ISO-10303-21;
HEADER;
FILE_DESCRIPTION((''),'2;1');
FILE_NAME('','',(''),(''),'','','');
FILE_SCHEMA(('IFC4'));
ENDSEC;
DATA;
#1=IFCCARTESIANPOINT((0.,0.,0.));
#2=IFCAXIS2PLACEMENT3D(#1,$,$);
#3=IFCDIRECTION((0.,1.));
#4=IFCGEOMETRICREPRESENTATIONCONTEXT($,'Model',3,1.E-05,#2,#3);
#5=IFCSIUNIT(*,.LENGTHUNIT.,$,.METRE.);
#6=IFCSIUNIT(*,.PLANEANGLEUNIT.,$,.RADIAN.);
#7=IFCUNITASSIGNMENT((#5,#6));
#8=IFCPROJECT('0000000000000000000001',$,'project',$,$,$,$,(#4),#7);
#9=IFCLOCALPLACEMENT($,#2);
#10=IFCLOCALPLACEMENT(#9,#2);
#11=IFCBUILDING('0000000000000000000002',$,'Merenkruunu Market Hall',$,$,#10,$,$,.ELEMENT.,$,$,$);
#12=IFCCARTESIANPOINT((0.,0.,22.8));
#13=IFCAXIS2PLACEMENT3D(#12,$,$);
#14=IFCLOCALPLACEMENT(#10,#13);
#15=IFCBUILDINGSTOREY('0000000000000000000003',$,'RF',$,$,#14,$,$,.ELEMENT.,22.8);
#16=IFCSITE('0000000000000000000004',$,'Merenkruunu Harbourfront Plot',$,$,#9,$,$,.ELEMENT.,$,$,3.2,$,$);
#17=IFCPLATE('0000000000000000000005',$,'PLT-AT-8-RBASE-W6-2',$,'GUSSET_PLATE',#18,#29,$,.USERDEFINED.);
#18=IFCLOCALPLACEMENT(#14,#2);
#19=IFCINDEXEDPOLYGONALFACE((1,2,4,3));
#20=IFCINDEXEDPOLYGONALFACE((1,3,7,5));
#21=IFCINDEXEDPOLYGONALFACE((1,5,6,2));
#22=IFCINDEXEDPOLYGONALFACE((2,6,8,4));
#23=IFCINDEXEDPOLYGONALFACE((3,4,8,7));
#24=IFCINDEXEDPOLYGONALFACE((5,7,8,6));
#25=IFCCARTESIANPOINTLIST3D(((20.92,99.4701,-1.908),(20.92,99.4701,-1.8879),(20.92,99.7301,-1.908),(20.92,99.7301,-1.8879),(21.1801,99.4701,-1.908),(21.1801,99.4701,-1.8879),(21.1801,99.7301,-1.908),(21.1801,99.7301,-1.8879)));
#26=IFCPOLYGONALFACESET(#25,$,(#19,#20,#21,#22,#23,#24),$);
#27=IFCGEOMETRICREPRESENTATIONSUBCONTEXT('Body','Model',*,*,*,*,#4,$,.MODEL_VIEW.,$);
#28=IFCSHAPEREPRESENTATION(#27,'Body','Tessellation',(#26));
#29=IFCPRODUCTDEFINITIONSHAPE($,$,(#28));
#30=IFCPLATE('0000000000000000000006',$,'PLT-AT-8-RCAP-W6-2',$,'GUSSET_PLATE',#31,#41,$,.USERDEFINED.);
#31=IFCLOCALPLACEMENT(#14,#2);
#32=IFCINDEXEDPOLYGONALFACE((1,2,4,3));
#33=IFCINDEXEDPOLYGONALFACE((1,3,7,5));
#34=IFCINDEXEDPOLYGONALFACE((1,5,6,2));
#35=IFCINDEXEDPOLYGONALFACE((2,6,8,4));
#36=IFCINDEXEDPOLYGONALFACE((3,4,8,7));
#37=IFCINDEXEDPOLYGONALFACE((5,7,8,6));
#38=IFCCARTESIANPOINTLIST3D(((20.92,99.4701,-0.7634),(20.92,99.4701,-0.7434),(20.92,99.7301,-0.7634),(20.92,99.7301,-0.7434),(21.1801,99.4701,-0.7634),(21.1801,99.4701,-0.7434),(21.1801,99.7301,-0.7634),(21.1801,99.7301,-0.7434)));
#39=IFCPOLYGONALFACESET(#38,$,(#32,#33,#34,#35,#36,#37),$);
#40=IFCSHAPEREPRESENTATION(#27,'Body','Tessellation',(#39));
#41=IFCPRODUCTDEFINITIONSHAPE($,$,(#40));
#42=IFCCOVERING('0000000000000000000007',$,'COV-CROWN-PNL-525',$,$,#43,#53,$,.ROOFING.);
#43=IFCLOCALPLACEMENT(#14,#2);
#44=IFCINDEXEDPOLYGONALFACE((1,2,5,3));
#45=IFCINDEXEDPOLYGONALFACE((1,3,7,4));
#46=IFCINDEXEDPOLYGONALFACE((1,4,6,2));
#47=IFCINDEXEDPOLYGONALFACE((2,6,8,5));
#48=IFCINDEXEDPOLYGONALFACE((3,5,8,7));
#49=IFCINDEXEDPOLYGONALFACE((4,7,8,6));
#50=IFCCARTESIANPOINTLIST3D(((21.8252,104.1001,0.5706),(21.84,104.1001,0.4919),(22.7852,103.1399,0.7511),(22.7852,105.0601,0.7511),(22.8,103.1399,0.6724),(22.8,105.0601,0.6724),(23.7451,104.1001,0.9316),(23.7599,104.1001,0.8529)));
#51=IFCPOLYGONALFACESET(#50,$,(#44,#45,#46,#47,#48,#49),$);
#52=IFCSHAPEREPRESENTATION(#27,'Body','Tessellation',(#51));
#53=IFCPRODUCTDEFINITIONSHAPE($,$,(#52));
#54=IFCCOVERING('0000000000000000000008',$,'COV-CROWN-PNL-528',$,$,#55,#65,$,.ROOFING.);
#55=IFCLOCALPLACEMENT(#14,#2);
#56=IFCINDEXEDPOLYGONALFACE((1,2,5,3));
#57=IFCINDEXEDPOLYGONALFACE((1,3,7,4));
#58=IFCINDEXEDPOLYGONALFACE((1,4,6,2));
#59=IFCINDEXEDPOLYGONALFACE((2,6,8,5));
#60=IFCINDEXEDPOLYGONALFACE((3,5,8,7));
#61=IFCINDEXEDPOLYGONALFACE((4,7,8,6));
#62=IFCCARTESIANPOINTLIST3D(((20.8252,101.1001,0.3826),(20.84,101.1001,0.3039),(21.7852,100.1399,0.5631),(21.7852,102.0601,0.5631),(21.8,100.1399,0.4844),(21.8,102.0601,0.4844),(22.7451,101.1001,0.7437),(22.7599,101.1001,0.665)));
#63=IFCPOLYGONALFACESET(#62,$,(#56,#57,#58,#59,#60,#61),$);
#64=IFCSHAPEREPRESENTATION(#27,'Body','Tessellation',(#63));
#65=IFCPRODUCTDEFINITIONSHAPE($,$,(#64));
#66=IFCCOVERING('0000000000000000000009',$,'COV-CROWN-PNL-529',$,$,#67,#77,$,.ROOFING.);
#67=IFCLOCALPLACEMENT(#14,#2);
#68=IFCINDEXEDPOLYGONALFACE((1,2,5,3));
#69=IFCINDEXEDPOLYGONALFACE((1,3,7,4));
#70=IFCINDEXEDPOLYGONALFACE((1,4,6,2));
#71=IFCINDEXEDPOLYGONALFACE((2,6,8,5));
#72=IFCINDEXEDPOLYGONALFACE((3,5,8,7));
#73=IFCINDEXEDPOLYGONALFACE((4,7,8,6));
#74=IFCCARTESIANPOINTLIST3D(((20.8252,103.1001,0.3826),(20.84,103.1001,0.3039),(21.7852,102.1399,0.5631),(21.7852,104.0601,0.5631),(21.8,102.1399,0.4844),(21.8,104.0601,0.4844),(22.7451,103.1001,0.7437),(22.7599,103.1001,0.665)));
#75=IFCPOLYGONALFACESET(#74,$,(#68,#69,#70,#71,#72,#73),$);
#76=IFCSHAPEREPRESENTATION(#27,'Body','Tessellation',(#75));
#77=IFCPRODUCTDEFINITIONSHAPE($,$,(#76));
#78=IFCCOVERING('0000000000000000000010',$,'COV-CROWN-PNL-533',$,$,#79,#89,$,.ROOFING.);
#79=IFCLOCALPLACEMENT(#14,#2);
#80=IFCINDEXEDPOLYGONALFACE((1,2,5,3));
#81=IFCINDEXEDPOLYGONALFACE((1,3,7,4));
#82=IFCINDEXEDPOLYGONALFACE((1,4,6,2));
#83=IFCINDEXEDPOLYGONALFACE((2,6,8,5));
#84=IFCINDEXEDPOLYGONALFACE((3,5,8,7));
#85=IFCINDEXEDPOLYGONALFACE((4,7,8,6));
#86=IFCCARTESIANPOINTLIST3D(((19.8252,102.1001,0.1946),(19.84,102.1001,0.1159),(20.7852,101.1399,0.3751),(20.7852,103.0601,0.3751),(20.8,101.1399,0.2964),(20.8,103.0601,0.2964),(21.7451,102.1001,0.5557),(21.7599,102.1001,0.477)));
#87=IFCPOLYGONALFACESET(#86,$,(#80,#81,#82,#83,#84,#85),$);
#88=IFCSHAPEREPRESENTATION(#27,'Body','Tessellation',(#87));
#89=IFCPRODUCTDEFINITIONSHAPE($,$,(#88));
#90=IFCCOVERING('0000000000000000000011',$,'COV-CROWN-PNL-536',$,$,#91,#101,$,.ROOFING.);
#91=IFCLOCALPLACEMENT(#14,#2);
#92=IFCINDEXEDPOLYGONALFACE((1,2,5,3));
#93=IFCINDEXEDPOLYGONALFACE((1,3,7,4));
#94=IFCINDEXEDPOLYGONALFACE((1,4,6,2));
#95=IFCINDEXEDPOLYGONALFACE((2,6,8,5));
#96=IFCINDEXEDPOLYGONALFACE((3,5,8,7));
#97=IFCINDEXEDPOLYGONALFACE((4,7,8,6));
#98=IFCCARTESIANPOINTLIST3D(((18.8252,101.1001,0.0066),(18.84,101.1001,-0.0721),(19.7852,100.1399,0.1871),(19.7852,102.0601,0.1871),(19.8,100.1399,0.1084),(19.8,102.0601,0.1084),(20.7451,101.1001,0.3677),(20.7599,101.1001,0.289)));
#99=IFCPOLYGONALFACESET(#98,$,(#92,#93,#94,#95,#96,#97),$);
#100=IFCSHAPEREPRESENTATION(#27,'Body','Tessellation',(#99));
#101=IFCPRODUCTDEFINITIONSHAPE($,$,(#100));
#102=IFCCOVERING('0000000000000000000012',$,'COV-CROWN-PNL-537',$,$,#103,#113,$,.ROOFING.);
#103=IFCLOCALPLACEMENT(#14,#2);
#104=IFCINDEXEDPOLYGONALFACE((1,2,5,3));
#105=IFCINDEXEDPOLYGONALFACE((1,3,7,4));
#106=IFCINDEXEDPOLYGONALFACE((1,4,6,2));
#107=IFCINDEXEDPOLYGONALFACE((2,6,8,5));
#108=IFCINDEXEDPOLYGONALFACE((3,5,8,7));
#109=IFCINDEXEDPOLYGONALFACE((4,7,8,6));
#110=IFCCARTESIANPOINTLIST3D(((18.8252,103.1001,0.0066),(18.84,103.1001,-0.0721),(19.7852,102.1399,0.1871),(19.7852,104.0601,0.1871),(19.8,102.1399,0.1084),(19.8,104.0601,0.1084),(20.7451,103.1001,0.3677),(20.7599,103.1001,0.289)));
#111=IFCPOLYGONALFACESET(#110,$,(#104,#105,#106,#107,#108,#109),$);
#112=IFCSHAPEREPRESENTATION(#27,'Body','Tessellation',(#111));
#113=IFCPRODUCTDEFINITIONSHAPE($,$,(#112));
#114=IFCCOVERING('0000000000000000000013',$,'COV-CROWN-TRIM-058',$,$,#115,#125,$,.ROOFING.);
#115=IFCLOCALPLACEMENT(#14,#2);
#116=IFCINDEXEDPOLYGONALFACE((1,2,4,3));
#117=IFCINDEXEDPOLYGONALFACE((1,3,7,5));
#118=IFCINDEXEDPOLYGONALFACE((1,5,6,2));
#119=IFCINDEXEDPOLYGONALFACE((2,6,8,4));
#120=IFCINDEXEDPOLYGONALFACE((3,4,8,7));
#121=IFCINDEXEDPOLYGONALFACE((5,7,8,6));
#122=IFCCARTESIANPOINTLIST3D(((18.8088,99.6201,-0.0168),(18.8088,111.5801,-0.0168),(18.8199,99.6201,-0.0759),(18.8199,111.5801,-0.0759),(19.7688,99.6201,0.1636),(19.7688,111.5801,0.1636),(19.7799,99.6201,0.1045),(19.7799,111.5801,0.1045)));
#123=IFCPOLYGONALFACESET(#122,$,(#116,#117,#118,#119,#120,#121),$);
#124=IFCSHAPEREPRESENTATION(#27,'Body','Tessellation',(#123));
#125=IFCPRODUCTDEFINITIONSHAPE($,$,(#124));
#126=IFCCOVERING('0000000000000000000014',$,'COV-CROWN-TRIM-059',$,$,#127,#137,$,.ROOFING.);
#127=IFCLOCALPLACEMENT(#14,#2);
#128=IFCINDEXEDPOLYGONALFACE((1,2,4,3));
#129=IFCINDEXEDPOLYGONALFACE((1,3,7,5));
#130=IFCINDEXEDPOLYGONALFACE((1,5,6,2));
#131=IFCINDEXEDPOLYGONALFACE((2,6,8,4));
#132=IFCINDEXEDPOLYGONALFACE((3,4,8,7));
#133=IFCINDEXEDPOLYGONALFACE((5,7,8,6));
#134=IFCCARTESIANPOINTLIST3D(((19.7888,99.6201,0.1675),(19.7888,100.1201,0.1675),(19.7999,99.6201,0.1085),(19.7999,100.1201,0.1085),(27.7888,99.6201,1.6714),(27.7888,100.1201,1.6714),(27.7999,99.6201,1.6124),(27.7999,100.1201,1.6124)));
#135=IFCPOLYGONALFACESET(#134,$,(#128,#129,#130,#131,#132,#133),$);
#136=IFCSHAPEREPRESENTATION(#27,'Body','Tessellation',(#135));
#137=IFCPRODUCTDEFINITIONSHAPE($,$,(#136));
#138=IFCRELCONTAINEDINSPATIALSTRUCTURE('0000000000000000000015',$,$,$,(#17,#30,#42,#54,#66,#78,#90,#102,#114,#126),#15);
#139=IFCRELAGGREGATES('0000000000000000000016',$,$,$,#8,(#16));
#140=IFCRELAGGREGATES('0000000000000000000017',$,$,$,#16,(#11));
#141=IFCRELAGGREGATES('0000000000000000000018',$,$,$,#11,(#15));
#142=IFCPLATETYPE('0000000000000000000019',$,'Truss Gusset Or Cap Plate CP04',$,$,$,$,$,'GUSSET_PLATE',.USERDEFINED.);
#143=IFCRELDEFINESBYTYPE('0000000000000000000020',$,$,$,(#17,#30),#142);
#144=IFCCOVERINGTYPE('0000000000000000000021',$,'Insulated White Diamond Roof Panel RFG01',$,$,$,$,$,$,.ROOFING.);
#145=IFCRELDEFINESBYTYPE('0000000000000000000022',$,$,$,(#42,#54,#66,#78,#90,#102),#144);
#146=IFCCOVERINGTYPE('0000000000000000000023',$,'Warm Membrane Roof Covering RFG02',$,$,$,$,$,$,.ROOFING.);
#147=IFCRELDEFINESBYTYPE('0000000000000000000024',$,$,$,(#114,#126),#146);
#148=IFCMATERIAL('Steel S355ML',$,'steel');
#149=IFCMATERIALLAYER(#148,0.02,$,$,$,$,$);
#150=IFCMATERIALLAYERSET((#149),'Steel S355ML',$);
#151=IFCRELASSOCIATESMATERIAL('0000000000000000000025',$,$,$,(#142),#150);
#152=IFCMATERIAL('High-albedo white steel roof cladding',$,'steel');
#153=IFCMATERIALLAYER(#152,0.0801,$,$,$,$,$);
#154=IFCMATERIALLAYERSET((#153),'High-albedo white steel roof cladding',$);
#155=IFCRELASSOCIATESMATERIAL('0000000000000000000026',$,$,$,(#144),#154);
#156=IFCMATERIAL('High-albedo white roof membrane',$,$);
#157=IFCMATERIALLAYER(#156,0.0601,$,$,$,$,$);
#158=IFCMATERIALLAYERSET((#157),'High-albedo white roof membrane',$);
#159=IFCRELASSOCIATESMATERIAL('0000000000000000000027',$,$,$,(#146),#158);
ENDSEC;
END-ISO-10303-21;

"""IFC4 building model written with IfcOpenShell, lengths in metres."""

from ifc_helpers import new_model, si_unit, direction, frame, origin, origin_2d, place, context, subcontext, project, spatial, polyline, rectangle, outline, extrude, material, layer, layer_set, type_object, element, save


model = new_model("IFC4")

# Units and contexts
model_context = context("Model", 3, precision=1e-05, world=origin(), true_north=direction((0.0, 1.0)))
body_context = subcontext(model_context, "Body", "Model", "MODEL_VIEW")
ifc_project = project(units=[si_unit("LENGTHUNIT", "METRE"), si_unit("PLANEANGLEUNIT", "RADIAN")], contexts=[model_context])

# Site, building, storey
site_placement = place(None, origin())
site = spatial("IfcSite", under=ifc_project, at=site_placement, Name="Merenkruunu Harbourfront Plot", CompositionType="ELEMENT", RefElevation=3.2)
building_placement = place(site_placement, origin())
building = spatial("IfcBuilding", under=site, at=building_placement, Name="Merenkruunu Market Hall", CompositionType="ELEMENT")
storey_placement = place(building_placement, frame((0.0, 0.0, 22.8)))
storey = spatial("IfcBuildingStorey", under=building, at=storey_placement, Name="RF", CompositionType="ELEMENT", Elevation=22.8)

# Shared definitions
ifc_material_1 = material(Name="Steel S355ML", Category="steel")

# Plates
ifc_layer_1 = layer(ifc_material_1, 0.02)
ifc_layer_set_1 = layer_set([ifc_layer_1], Name="Steel S355ML")
plate_type_1 = type_object("IfcPlateType", Name="Truss Gusset Or Cap Plate CP04", ElementType="GUSSET_PLATE", PredefinedType="USERDEFINED", material=ifc_layer_set_1)
for number, where, z_axis, x_axis, name in (
    (1, (21.05, 99.6001, -1.908), (0.0, 0.0, 1.0), (1.0, 0.0, 0.0), "PLT-AT-8-RBASE-W6-2"),
    (2, (21.05, 99.6001, -0.7634), (0.0, 0.0, 1.0), (1.0, 0.0, 0.0), "PLT-AT-8-RCAP-W6-2"),
):
    element("IfcPlate", number, at=place(storey_placement, frame(where, z_axis=z_axis, x_axis=x_axis)), inside=storey, type_object=plate_type_1, Name=name, ObjectType="GUSSET_PLATE", PredefinedType="USERDEFINED", context=body_context, shape_type="SweptSolid", body=[
        extrude(rectangle(XDim=0.26, YDim=0.26, at=origin_2d()), origin(), (0.0, 0.0, 1.0), 0.02),
    ])

# Coverings
ifc_material_2 = material(Name="High-albedo white steel roof cladding", Category="steel")
ifc_layer_2 = layer(ifc_material_2, 0.0801)
ifc_layer_set_2 = layer_set([ifc_layer_2], Name="High-albedo white steel roof cladding")
covering_type_1 = type_object("IfcCoveringType", Name="Insulated White Diamond Roof Panel RFG01", PredefinedType="ROOFING", material=ifc_layer_set_2)
for number, where, z_axis, x_axis, name in (
    (3, (21.8252, 104.1001, 0.5706), (-0.184832, 0.0, 0.98277), (0.700856, -0.701018, 0.131812), "COV-CROWN-PNL-525"),
    (4, (20.8252, 101.1001, 0.3826), (-0.184832, 0.0, 0.98277), (0.700856, -0.701018, 0.131812), "COV-CROWN-PNL-528"),
    (5, (20.8252, 103.1001, 0.3826), (-0.184832, 0.0, 0.98277), (0.700856, -0.701018, 0.131812), "COV-CROWN-PNL-529"),
    (6, (19.8252, 102.1001, 0.1946), (-0.184832, 0.0, 0.98277), (0.700856, -0.701018, 0.131812), "COV-CROWN-PNL-533"),
    (7, (18.8252, 101.1001, 0.0066), (-0.184832, 0.0, 0.98277), (0.700856, -0.701018, 0.131812), "COV-CROWN-PNL-536"),
    (8, (18.8252, 103.1001, 0.0066), (-0.184832, 0.0, 0.98277), (0.700856, -0.701018, 0.131812), "COV-CROWN-PNL-537"),
):
    element("IfcCovering", number, at=place(storey_placement, frame(where, z_axis=z_axis, x_axis=x_axis)), inside=storey, type_object=covering_type_1, Name=name, PredefinedType="ROOFING", context=body_context, shape_type="SweptSolid", body=[
        extrude(outline(polyline([(0.0, 0.0), (1.3697, 0.0), (1.3932, 1.3695), (0.0237, 1.3694), (0.0, 0.0)])), origin(), (0.0, 0.0, -1.0), 0.0801),
    ])
ifc_material_3 = material(Name="High-albedo white roof membrane")
ifc_layer_3 = layer(ifc_material_3, 0.0601)
ifc_layer_set_3 = layer_set([ifc_layer_3], Name="High-albedo white roof membrane")
covering_type_2 = type_object("IfcCoveringType", Name="Warm Membrane Roof Covering RFG02", PredefinedType="ROOFING", material=ifc_layer_set_3)
covering_1_placement = place(storey_placement, frame((18.8088, 99.6201, -0.0168), z_axis=(-0.184711, 0.0, 0.982793), x_axis=(0.982793, 0.0, 0.184711)))
element("IfcCovering", 9, at=covering_1_placement, inside=storey, type_object=covering_type_2, Name="COV-CROWN-TRIM-058", PredefinedType="ROOFING", context=body_context, shape_type="SweptSolid", body=[
    extrude(outline(polyline([(0.0, 0.0), (0.9768, 0.0), (0.9768, 11.96), (0.0, 11.96), (0.0, 0.0)])), origin(), (0.0, 0.0, -1.0), 0.0601),
])
covering_2_placement = place(storey_placement, frame((19.7888, 99.6201, 0.1675), z_axis=(-0.184752, 0.0, 0.982785), x_axis=(0.982785, 0.0, 0.184752)))
element("IfcCovering", 10, at=covering_2_placement, inside=storey, type_object=covering_type_2, Name="COV-CROWN-TRIM-059", PredefinedType="ROOFING", context=body_context, shape_type="SweptSolid", body=[
    extrude(outline(polyline([(0.0, 0.0), (8.1401, 0.0), (8.1401, 0.5), (0.0, 0.5), (0.0, 0.0)])), origin(), (0.0, 0.0, -1.0), 0.0601),
])

save(model, "model.ifc")
